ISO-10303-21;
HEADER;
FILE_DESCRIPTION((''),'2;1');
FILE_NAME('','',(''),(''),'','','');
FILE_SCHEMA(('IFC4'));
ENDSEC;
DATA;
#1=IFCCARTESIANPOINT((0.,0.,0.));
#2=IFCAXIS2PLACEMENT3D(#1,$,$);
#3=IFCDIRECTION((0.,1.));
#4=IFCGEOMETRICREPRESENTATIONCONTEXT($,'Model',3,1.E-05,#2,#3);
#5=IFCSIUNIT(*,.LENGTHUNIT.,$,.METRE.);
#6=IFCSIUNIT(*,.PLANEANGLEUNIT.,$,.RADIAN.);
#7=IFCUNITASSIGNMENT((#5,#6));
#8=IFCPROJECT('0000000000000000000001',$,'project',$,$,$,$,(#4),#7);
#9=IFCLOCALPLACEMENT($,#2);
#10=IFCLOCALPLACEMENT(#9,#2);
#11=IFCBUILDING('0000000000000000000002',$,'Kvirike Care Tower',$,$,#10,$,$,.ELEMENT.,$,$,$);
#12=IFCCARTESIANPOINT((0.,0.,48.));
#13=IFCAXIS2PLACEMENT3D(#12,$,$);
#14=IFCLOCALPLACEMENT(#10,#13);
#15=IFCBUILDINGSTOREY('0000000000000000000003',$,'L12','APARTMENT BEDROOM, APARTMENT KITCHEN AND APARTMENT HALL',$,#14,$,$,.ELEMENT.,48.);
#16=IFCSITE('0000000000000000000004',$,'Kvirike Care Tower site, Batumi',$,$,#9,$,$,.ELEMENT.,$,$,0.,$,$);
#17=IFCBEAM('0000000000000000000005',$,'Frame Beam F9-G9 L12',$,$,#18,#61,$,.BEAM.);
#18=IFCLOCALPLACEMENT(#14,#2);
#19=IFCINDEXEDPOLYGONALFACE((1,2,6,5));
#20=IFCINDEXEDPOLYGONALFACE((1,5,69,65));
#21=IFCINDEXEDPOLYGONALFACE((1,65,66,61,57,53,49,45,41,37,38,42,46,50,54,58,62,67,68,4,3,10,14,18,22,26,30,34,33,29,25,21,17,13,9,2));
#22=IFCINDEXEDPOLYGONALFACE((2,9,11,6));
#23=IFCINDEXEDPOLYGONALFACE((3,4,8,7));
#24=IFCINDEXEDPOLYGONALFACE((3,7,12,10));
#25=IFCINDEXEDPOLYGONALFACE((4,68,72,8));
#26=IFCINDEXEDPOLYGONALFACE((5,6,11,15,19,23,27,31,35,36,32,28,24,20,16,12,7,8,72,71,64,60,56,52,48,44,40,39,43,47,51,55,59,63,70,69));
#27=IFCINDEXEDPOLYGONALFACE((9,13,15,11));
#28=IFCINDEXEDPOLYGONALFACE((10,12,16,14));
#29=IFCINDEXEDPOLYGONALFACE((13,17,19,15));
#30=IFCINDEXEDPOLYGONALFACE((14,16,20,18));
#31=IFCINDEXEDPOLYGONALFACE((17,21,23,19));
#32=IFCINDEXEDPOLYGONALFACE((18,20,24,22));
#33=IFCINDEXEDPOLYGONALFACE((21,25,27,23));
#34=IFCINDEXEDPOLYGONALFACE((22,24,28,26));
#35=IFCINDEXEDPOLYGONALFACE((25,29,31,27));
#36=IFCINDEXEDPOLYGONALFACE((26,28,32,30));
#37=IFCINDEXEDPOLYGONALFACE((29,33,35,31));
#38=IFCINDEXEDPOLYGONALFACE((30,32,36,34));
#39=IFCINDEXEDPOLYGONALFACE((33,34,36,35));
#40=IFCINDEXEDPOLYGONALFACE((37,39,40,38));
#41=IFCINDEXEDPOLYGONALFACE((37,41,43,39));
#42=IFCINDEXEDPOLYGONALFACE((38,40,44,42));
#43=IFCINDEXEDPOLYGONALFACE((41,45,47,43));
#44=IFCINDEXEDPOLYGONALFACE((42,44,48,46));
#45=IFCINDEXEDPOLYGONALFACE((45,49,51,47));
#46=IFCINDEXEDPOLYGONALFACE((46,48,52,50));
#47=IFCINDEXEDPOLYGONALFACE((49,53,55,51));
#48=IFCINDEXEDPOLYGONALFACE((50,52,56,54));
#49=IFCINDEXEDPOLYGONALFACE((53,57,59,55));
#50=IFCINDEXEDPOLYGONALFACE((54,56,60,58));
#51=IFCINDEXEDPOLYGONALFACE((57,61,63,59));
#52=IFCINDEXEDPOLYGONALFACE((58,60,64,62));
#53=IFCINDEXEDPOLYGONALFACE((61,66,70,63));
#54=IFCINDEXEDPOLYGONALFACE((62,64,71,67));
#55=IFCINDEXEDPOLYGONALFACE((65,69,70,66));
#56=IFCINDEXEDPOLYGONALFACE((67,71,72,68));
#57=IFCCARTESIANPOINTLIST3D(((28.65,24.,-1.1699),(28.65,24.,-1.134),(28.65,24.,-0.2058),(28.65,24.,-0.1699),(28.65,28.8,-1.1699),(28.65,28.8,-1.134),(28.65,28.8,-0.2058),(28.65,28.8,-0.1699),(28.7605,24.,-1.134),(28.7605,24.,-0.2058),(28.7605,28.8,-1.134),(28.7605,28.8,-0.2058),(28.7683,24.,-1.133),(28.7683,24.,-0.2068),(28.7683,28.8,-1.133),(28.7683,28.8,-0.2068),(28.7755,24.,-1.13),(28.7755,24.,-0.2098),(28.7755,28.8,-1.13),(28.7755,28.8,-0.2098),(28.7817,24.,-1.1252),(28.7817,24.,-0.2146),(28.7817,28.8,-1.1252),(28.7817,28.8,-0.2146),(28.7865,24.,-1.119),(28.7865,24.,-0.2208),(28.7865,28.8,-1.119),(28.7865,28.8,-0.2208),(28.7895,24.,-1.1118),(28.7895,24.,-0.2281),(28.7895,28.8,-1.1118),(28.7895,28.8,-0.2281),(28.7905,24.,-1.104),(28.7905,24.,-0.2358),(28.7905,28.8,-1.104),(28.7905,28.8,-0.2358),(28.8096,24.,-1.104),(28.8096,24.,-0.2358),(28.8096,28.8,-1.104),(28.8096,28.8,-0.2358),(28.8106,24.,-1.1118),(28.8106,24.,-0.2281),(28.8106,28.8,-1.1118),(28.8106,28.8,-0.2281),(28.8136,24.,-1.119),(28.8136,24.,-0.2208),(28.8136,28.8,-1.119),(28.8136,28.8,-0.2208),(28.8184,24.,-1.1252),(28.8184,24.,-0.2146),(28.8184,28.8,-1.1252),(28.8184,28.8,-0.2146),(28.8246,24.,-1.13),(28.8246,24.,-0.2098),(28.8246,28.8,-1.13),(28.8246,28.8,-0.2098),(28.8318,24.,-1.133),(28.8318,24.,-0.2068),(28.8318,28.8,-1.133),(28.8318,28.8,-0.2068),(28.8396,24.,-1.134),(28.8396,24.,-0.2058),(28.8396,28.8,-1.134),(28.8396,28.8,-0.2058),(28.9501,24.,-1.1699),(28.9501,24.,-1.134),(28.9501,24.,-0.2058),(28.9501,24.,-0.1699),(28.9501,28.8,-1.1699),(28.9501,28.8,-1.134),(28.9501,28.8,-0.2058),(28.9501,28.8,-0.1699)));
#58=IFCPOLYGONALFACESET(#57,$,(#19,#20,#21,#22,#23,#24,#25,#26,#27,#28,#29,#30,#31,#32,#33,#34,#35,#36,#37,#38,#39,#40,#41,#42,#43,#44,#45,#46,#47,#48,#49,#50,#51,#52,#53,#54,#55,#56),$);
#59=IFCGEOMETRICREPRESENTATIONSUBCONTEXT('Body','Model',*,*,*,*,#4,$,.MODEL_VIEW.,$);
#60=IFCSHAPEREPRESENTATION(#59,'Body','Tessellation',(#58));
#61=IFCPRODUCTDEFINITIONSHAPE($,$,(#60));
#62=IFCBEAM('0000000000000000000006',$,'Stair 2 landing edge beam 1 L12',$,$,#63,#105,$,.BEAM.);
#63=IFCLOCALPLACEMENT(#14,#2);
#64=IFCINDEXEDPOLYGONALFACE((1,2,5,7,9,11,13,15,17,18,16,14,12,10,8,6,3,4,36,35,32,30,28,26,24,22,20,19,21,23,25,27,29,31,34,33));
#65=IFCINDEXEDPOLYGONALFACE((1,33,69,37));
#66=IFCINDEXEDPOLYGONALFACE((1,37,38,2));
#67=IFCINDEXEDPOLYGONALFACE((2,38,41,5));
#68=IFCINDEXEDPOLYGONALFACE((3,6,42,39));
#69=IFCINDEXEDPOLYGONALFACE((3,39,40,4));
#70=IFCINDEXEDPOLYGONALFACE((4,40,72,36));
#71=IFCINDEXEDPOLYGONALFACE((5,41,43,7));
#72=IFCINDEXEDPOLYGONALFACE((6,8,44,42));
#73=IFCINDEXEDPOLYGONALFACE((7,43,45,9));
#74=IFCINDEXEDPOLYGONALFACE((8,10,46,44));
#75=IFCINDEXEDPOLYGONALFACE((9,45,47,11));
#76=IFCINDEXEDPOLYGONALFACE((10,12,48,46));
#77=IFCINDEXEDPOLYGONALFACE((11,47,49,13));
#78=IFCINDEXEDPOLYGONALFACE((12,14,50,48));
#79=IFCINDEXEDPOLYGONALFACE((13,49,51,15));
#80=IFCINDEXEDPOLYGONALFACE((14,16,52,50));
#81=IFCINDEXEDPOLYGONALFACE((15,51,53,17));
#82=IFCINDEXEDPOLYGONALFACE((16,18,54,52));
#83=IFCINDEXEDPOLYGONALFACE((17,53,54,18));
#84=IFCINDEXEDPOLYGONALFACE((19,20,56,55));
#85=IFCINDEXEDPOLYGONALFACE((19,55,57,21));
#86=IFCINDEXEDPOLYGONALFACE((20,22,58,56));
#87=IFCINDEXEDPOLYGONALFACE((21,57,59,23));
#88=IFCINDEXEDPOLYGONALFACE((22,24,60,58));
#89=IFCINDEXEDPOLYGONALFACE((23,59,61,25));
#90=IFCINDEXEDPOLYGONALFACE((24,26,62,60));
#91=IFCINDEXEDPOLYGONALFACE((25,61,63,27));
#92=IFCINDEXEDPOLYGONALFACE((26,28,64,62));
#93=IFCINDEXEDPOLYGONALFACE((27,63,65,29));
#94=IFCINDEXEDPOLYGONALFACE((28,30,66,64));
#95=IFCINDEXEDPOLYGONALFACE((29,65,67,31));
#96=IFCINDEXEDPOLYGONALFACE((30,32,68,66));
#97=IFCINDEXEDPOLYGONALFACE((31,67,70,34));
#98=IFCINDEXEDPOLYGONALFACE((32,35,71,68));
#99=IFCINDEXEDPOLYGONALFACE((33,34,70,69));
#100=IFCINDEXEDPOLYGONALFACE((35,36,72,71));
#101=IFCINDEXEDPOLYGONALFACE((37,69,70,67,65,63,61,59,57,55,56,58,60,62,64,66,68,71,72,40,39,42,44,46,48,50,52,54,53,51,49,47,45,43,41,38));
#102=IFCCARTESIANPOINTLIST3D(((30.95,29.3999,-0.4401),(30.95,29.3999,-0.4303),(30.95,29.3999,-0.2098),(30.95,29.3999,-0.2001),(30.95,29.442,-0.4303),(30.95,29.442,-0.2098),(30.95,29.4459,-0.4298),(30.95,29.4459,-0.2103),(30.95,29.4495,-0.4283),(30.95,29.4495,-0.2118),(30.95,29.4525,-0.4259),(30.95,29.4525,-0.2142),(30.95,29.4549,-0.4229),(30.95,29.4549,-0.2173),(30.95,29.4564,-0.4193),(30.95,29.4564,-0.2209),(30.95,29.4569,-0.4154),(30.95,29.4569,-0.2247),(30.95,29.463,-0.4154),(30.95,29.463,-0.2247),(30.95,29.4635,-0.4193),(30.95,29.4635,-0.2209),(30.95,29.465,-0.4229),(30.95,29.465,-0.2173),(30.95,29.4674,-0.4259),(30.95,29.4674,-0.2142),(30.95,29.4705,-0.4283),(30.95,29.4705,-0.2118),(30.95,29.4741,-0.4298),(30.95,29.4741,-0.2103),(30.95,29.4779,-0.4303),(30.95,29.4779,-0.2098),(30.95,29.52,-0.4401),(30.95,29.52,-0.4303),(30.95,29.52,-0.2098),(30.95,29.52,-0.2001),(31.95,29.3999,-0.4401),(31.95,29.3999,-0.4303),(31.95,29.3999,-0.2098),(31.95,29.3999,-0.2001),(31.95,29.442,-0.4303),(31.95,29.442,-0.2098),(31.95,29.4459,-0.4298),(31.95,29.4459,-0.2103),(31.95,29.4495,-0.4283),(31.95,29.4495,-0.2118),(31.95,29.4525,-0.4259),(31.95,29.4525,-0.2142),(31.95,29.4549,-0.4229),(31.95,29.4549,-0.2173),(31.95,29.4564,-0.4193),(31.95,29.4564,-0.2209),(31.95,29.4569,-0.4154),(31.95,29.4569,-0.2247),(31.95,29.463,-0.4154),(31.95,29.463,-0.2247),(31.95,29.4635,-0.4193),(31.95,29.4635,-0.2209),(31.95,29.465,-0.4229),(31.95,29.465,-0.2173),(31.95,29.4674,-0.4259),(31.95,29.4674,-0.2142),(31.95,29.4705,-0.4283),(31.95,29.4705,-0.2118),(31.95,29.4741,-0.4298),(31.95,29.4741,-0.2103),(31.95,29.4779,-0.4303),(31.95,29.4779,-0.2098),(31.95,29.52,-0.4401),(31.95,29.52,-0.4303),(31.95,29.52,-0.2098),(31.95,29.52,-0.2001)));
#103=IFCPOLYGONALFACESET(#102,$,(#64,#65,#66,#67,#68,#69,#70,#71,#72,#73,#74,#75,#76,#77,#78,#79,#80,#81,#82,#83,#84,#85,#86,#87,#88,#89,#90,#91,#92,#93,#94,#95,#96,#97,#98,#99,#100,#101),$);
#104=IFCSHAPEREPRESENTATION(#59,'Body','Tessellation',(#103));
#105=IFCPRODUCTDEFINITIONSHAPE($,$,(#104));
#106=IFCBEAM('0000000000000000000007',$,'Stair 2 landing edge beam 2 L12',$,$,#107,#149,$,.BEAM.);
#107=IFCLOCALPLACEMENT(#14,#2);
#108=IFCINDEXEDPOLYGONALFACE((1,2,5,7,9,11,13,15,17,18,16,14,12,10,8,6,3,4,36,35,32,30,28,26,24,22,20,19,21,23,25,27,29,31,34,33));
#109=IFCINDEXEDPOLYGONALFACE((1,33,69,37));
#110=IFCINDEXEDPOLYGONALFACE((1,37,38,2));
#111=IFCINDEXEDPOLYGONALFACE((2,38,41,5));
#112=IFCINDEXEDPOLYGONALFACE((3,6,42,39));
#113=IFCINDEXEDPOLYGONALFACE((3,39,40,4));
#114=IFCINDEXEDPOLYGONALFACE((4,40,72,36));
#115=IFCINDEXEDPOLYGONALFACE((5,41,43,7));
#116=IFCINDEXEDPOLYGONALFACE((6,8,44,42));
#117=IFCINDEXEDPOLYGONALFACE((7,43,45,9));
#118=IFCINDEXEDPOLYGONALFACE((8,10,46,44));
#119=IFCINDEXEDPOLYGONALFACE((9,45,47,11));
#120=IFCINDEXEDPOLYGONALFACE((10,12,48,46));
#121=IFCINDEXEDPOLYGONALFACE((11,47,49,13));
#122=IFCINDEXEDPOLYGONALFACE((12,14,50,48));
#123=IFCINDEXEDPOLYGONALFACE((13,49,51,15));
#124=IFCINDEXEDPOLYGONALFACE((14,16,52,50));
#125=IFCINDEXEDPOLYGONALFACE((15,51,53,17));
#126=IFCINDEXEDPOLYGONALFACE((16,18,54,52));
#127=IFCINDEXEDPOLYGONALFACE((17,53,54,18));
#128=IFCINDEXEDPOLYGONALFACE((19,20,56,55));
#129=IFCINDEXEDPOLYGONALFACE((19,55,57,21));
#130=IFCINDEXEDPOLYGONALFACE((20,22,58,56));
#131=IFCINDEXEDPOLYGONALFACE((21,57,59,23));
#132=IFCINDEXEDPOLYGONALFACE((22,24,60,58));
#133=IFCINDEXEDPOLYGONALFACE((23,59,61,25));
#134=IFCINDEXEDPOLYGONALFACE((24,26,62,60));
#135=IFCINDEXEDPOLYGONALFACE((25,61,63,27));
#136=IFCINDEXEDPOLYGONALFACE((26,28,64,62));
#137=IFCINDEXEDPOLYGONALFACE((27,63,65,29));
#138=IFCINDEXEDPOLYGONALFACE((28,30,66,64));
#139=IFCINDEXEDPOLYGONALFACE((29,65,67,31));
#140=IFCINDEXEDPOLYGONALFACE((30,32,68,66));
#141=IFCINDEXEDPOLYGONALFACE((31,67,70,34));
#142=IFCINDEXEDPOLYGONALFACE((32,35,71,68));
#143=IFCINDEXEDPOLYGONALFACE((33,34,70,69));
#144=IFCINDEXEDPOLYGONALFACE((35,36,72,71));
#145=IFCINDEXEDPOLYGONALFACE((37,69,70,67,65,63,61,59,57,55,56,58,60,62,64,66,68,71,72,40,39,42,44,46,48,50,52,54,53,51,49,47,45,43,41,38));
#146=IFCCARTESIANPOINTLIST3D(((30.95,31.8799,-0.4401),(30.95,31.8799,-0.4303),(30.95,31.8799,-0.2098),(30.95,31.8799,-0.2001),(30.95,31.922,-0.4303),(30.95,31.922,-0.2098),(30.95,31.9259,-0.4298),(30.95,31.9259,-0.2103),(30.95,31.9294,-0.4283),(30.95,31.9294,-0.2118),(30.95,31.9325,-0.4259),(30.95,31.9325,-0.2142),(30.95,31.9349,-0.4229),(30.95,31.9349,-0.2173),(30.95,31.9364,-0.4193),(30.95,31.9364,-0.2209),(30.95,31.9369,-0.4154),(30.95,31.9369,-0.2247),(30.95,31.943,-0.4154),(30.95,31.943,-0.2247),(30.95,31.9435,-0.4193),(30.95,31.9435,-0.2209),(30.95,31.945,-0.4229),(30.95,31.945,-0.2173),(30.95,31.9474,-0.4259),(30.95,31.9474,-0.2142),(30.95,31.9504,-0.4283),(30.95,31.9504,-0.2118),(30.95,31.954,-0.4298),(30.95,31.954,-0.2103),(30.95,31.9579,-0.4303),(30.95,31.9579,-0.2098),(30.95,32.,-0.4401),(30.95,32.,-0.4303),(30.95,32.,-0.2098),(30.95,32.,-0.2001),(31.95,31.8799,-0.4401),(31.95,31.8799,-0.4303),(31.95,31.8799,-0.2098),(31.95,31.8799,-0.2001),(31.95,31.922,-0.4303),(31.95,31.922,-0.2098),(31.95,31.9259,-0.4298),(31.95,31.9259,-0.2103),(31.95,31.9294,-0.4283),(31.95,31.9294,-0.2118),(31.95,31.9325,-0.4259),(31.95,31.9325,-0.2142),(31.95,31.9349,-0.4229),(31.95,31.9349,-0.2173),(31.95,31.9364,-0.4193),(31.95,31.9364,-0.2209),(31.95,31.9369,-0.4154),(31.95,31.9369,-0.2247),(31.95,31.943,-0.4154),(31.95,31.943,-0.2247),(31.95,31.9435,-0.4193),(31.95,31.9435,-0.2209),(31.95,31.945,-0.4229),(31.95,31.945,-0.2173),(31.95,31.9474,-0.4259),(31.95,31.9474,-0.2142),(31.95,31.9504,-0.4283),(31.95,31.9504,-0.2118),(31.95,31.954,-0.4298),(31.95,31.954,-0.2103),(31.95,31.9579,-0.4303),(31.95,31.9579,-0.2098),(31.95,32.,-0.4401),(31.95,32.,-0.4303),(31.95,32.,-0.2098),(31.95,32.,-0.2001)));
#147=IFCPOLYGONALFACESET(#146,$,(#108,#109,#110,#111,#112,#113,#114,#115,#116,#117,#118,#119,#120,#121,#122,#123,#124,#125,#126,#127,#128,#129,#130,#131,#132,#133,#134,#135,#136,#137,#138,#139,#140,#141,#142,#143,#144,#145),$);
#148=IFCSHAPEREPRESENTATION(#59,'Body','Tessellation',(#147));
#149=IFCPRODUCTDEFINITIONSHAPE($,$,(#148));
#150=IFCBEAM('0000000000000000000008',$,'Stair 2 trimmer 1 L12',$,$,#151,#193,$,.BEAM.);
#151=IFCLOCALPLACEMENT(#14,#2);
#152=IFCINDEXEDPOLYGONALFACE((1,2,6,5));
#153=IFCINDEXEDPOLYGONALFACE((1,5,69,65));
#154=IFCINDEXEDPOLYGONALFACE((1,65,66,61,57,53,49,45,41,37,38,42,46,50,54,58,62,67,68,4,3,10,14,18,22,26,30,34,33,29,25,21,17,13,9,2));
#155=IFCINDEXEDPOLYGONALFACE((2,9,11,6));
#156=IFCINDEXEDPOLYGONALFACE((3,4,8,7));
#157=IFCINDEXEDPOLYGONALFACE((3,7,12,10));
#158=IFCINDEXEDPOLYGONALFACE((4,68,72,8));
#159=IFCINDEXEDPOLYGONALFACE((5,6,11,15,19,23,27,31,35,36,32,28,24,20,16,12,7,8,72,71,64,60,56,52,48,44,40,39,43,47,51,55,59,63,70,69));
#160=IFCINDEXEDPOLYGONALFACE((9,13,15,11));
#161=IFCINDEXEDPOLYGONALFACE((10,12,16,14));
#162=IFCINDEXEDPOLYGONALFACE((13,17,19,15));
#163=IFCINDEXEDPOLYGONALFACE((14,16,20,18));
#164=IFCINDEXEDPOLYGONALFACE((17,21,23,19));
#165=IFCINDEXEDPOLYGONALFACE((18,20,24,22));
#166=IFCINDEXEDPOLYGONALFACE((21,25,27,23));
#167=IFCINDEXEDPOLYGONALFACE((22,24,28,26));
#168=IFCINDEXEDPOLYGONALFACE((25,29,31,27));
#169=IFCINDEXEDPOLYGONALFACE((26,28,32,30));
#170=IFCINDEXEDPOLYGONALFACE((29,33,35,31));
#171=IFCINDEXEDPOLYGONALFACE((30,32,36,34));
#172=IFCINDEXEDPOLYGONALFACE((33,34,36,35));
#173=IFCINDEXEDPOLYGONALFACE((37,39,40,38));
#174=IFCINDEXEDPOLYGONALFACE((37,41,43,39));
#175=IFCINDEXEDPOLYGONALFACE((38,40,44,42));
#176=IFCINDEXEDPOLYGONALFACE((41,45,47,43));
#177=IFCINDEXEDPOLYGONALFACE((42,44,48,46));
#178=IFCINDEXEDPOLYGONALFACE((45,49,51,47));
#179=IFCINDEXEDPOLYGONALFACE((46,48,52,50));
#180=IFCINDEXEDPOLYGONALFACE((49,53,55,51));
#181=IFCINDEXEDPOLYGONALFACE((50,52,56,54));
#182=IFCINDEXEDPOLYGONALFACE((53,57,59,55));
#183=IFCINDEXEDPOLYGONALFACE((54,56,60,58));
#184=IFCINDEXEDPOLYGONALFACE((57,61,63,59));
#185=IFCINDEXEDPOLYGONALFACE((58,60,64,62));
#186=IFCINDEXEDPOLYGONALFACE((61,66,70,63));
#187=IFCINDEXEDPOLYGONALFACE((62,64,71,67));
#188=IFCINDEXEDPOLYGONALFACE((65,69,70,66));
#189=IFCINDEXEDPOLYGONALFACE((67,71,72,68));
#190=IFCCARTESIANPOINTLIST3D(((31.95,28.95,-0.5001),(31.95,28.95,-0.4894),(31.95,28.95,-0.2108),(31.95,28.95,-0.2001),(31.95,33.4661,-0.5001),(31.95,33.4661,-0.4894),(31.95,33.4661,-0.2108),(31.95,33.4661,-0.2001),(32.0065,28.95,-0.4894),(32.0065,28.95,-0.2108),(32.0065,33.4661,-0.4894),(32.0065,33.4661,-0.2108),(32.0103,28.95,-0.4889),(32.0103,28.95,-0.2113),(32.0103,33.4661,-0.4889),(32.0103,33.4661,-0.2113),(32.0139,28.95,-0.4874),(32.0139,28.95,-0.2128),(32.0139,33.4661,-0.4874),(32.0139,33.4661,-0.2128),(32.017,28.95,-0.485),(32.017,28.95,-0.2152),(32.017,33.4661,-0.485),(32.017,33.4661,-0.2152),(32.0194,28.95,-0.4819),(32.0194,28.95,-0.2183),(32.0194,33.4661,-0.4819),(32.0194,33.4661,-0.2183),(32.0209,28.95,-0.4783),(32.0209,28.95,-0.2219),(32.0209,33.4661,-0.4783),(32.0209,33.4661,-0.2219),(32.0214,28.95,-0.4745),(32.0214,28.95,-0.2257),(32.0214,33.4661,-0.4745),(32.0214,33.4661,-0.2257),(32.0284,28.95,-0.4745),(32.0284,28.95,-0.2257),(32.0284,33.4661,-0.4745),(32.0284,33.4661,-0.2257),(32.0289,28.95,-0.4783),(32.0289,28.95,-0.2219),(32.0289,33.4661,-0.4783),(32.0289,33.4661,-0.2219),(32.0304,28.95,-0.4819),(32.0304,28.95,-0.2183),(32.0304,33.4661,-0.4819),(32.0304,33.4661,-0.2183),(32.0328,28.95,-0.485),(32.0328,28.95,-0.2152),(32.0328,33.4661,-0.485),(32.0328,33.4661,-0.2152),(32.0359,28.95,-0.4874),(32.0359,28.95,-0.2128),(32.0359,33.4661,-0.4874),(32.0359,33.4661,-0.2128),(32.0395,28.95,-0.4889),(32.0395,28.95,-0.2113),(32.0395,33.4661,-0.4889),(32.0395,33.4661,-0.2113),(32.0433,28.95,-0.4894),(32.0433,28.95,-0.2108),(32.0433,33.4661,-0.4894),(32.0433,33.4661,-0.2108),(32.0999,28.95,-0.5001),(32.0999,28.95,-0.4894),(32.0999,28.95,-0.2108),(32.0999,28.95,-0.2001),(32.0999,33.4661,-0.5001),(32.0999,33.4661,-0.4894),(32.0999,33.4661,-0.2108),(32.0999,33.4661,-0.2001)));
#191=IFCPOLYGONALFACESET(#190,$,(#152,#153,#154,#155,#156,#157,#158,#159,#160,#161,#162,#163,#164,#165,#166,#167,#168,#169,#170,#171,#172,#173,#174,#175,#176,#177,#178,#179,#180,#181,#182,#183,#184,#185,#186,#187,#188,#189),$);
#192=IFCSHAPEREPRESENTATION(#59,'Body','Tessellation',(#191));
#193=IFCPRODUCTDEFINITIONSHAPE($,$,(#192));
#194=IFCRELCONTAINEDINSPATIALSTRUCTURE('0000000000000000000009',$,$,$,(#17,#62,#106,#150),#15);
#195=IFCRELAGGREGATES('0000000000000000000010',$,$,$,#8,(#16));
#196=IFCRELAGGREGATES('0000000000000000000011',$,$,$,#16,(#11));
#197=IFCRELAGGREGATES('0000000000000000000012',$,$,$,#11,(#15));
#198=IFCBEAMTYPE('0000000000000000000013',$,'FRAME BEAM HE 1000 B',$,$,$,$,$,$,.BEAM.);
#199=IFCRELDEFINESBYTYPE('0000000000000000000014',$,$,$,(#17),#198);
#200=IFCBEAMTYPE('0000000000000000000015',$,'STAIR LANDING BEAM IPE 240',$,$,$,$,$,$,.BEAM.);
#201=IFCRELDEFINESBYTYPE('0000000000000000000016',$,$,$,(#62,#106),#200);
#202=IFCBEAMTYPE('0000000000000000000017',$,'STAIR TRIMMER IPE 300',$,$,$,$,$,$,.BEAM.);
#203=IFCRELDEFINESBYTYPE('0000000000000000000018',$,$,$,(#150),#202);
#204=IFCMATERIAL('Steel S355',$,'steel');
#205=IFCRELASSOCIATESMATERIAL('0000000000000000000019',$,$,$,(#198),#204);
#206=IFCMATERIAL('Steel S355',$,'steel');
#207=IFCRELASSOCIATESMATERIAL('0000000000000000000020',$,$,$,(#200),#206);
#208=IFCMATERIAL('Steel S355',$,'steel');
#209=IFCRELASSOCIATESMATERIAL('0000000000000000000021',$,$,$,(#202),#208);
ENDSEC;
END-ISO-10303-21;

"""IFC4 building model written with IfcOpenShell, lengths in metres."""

from ifc_helpers import new_model, si_unit, direction, frame, origin, origin_2d, place, context, subcontext, project, spatial, i_section, extrude, material, material_profile, profile_set, type_object, element, save


model = new_model("IFC4")

# Units and contexts
model_context = context("Model", 3, precision=1e-05, world=origin(), true_north=direction((0.0, 1.0)))
body_context = subcontext(model_context, "Body", "Model", "MODEL_VIEW")
ifc_project = project(units=[si_unit("LENGTHUNIT", "METRE"), si_unit("PLANEANGLEUNIT", "RADIAN")], contexts=[model_context])

# Site, building, storey
site_placement = place(None, origin())
site = spatial("IfcSite", under=ifc_project, at=site_placement, Name="Kvirike Care Tower site, Batumi", CompositionType="ELEMENT", RefElevation=0.0)
building_placement = place(site_placement, origin())
building = spatial("IfcBuilding", under=site, at=building_placement, Name="Kvirike Care Tower", CompositionType="ELEMENT")
storey_placement = place(building_placement, frame((0.0, 0.0, 48.0)))
storey = spatial("IfcBuildingStorey", under=building, at=storey_placement, Name="L12", Description="APARTMENT BEDROOM, APARTMENT KITCHEN AND APARTMENT HALL", CompositionType="ELEMENT", Elevation=48.0)

# Beams
ifc_material_1 = material(Name="Steel S355", Category="steel")
ifc_material_profile_1 = material_profile(ifc_material_1, i_section(OverallWidth=0.3, OverallDepth=1.0, WebThickness=0.019, FlangeThickness=0.0359, FilletRadius=0.03, at=origin_2d()), Name="HE 1000 B")
ifc_profile_set_1 = profile_set([ifc_material_profile_1], Name="Steel S355")
beam_type_1 = type_object("IfcBeamType", Name="FRAME BEAM HE 1000 B", PredefinedType="BEAM", material=ifc_profile_set_1)
for number, where, z_axis, x_axis, name in (
    (1, (28.8, 24.0, -0.6699), (0.0, 1.0, 0.0), (-1.0, 0.0, 0.0), "Frame Beam F9-G9 L12"),
):
    element("IfcBeam", number, at=place(storey_placement, frame(where, z_axis=z_axis, x_axis=x_axis)), inside=storey, type_object=beam_type_1, Name=name, PredefinedType="BEAM", context=body_context, shape_type="SweptSolid", body=[
        extrude(i_section(OverallWidth=0.3, OverallDepth=1.0, WebThickness=0.019, FlangeThickness=0.0359, FilletRadius=0.03, at=origin_2d()), origin(), (0.0, 0.0, 1.0), 4.8),
    ])
ifc_material_2 = material(Name="Steel S355", Category="steel")
ifc_material_profile_2 = material_profile(ifc_material_2, i_section(OverallWidth=0.1201, OverallDepth=0.24, WebThickness=0.0061, FlangeThickness=0.0098, FilletRadius=0.0149, at=origin_2d()), Name="IPE 240")
ifc_profile_set_2 = profile_set([ifc_material_profile_2], Name="Steel S355")
beam_type_2 = type_object("IfcBeamType", Name="STAIR LANDING BEAM IPE 240", PredefinedType="BEAM", material=ifc_profile_set_2)
for number, where, z_axis, x_axis, name in (
    (2, (31.95, 29.46, -0.3201), (-1.0, 0.0, 0.0), (0.0, -1.0, 0.0), "Stair 2 landing edge beam 1 L12"),
    (3, (31.95, 31.9399, -0.3201), (-1.0, 0.0, 0.0), (0.0, -1.0, 0.0), "Stair 2 landing edge beam 2 L12"),
):
    element("IfcBeam", number, at=place(storey_placement, frame(where, z_axis=z_axis, x_axis=x_axis)), inside=storey, type_object=beam_type_2, Name=name, PredefinedType="BEAM", context=body_context, shape_type="SweptSolid", body=[
        extrude(i_section(OverallWidth=0.1201, OverallDepth=0.24, WebThickness=0.0061, FlangeThickness=0.0098, FilletRadius=0.0149, at=origin_2d()), origin(), (0.0, 0.0, 1.0), 1.0),
    ])
ifc_material_3 = material(Name="Steel S355", Category="steel")
ifc_material_profile_3 = material_profile(ifc_material_3, i_section(OverallWidth=0.1499, OverallDepth=0.3, WebThickness=0.0071, FlangeThickness=0.0107, FilletRadius=0.0149, at=origin_2d()), Name="IPE 300")
ifc_profile_set_3 = profile_set([ifc_material_profile_3], Name="Steel S355")
beam_type_3 = type_object("IfcBeamType", Name="STAIR TRIMMER IPE 300", PredefinedType="BEAM", material=ifc_profile_set_3)
for number, where, z_axis, x_axis, name in (
    (4, (32.0249, 28.95, -0.3501), (0.0, 1.0, 0.0), (-1.0, 0.0, 0.0), "Stair 2 trimmer 1 L12"),
):
    element("IfcBeam", number, at=place(storey_placement, frame(where, z_axis=z_axis, x_axis=x_axis)), inside=storey, type_object=beam_type_3, Name=name, PredefinedType="BEAM", context=body_context, shape_type="SweptSolid", body=[
        extrude(i_section(OverallWidth=0.1499, OverallDepth=0.3, WebThickness=0.0071, FlangeThickness=0.0107, FilletRadius=0.0149, at=origin_2d()), origin(), (0.0, 0.0, 1.0), 4.5161),
    ])

save(model, "model.ifc")
